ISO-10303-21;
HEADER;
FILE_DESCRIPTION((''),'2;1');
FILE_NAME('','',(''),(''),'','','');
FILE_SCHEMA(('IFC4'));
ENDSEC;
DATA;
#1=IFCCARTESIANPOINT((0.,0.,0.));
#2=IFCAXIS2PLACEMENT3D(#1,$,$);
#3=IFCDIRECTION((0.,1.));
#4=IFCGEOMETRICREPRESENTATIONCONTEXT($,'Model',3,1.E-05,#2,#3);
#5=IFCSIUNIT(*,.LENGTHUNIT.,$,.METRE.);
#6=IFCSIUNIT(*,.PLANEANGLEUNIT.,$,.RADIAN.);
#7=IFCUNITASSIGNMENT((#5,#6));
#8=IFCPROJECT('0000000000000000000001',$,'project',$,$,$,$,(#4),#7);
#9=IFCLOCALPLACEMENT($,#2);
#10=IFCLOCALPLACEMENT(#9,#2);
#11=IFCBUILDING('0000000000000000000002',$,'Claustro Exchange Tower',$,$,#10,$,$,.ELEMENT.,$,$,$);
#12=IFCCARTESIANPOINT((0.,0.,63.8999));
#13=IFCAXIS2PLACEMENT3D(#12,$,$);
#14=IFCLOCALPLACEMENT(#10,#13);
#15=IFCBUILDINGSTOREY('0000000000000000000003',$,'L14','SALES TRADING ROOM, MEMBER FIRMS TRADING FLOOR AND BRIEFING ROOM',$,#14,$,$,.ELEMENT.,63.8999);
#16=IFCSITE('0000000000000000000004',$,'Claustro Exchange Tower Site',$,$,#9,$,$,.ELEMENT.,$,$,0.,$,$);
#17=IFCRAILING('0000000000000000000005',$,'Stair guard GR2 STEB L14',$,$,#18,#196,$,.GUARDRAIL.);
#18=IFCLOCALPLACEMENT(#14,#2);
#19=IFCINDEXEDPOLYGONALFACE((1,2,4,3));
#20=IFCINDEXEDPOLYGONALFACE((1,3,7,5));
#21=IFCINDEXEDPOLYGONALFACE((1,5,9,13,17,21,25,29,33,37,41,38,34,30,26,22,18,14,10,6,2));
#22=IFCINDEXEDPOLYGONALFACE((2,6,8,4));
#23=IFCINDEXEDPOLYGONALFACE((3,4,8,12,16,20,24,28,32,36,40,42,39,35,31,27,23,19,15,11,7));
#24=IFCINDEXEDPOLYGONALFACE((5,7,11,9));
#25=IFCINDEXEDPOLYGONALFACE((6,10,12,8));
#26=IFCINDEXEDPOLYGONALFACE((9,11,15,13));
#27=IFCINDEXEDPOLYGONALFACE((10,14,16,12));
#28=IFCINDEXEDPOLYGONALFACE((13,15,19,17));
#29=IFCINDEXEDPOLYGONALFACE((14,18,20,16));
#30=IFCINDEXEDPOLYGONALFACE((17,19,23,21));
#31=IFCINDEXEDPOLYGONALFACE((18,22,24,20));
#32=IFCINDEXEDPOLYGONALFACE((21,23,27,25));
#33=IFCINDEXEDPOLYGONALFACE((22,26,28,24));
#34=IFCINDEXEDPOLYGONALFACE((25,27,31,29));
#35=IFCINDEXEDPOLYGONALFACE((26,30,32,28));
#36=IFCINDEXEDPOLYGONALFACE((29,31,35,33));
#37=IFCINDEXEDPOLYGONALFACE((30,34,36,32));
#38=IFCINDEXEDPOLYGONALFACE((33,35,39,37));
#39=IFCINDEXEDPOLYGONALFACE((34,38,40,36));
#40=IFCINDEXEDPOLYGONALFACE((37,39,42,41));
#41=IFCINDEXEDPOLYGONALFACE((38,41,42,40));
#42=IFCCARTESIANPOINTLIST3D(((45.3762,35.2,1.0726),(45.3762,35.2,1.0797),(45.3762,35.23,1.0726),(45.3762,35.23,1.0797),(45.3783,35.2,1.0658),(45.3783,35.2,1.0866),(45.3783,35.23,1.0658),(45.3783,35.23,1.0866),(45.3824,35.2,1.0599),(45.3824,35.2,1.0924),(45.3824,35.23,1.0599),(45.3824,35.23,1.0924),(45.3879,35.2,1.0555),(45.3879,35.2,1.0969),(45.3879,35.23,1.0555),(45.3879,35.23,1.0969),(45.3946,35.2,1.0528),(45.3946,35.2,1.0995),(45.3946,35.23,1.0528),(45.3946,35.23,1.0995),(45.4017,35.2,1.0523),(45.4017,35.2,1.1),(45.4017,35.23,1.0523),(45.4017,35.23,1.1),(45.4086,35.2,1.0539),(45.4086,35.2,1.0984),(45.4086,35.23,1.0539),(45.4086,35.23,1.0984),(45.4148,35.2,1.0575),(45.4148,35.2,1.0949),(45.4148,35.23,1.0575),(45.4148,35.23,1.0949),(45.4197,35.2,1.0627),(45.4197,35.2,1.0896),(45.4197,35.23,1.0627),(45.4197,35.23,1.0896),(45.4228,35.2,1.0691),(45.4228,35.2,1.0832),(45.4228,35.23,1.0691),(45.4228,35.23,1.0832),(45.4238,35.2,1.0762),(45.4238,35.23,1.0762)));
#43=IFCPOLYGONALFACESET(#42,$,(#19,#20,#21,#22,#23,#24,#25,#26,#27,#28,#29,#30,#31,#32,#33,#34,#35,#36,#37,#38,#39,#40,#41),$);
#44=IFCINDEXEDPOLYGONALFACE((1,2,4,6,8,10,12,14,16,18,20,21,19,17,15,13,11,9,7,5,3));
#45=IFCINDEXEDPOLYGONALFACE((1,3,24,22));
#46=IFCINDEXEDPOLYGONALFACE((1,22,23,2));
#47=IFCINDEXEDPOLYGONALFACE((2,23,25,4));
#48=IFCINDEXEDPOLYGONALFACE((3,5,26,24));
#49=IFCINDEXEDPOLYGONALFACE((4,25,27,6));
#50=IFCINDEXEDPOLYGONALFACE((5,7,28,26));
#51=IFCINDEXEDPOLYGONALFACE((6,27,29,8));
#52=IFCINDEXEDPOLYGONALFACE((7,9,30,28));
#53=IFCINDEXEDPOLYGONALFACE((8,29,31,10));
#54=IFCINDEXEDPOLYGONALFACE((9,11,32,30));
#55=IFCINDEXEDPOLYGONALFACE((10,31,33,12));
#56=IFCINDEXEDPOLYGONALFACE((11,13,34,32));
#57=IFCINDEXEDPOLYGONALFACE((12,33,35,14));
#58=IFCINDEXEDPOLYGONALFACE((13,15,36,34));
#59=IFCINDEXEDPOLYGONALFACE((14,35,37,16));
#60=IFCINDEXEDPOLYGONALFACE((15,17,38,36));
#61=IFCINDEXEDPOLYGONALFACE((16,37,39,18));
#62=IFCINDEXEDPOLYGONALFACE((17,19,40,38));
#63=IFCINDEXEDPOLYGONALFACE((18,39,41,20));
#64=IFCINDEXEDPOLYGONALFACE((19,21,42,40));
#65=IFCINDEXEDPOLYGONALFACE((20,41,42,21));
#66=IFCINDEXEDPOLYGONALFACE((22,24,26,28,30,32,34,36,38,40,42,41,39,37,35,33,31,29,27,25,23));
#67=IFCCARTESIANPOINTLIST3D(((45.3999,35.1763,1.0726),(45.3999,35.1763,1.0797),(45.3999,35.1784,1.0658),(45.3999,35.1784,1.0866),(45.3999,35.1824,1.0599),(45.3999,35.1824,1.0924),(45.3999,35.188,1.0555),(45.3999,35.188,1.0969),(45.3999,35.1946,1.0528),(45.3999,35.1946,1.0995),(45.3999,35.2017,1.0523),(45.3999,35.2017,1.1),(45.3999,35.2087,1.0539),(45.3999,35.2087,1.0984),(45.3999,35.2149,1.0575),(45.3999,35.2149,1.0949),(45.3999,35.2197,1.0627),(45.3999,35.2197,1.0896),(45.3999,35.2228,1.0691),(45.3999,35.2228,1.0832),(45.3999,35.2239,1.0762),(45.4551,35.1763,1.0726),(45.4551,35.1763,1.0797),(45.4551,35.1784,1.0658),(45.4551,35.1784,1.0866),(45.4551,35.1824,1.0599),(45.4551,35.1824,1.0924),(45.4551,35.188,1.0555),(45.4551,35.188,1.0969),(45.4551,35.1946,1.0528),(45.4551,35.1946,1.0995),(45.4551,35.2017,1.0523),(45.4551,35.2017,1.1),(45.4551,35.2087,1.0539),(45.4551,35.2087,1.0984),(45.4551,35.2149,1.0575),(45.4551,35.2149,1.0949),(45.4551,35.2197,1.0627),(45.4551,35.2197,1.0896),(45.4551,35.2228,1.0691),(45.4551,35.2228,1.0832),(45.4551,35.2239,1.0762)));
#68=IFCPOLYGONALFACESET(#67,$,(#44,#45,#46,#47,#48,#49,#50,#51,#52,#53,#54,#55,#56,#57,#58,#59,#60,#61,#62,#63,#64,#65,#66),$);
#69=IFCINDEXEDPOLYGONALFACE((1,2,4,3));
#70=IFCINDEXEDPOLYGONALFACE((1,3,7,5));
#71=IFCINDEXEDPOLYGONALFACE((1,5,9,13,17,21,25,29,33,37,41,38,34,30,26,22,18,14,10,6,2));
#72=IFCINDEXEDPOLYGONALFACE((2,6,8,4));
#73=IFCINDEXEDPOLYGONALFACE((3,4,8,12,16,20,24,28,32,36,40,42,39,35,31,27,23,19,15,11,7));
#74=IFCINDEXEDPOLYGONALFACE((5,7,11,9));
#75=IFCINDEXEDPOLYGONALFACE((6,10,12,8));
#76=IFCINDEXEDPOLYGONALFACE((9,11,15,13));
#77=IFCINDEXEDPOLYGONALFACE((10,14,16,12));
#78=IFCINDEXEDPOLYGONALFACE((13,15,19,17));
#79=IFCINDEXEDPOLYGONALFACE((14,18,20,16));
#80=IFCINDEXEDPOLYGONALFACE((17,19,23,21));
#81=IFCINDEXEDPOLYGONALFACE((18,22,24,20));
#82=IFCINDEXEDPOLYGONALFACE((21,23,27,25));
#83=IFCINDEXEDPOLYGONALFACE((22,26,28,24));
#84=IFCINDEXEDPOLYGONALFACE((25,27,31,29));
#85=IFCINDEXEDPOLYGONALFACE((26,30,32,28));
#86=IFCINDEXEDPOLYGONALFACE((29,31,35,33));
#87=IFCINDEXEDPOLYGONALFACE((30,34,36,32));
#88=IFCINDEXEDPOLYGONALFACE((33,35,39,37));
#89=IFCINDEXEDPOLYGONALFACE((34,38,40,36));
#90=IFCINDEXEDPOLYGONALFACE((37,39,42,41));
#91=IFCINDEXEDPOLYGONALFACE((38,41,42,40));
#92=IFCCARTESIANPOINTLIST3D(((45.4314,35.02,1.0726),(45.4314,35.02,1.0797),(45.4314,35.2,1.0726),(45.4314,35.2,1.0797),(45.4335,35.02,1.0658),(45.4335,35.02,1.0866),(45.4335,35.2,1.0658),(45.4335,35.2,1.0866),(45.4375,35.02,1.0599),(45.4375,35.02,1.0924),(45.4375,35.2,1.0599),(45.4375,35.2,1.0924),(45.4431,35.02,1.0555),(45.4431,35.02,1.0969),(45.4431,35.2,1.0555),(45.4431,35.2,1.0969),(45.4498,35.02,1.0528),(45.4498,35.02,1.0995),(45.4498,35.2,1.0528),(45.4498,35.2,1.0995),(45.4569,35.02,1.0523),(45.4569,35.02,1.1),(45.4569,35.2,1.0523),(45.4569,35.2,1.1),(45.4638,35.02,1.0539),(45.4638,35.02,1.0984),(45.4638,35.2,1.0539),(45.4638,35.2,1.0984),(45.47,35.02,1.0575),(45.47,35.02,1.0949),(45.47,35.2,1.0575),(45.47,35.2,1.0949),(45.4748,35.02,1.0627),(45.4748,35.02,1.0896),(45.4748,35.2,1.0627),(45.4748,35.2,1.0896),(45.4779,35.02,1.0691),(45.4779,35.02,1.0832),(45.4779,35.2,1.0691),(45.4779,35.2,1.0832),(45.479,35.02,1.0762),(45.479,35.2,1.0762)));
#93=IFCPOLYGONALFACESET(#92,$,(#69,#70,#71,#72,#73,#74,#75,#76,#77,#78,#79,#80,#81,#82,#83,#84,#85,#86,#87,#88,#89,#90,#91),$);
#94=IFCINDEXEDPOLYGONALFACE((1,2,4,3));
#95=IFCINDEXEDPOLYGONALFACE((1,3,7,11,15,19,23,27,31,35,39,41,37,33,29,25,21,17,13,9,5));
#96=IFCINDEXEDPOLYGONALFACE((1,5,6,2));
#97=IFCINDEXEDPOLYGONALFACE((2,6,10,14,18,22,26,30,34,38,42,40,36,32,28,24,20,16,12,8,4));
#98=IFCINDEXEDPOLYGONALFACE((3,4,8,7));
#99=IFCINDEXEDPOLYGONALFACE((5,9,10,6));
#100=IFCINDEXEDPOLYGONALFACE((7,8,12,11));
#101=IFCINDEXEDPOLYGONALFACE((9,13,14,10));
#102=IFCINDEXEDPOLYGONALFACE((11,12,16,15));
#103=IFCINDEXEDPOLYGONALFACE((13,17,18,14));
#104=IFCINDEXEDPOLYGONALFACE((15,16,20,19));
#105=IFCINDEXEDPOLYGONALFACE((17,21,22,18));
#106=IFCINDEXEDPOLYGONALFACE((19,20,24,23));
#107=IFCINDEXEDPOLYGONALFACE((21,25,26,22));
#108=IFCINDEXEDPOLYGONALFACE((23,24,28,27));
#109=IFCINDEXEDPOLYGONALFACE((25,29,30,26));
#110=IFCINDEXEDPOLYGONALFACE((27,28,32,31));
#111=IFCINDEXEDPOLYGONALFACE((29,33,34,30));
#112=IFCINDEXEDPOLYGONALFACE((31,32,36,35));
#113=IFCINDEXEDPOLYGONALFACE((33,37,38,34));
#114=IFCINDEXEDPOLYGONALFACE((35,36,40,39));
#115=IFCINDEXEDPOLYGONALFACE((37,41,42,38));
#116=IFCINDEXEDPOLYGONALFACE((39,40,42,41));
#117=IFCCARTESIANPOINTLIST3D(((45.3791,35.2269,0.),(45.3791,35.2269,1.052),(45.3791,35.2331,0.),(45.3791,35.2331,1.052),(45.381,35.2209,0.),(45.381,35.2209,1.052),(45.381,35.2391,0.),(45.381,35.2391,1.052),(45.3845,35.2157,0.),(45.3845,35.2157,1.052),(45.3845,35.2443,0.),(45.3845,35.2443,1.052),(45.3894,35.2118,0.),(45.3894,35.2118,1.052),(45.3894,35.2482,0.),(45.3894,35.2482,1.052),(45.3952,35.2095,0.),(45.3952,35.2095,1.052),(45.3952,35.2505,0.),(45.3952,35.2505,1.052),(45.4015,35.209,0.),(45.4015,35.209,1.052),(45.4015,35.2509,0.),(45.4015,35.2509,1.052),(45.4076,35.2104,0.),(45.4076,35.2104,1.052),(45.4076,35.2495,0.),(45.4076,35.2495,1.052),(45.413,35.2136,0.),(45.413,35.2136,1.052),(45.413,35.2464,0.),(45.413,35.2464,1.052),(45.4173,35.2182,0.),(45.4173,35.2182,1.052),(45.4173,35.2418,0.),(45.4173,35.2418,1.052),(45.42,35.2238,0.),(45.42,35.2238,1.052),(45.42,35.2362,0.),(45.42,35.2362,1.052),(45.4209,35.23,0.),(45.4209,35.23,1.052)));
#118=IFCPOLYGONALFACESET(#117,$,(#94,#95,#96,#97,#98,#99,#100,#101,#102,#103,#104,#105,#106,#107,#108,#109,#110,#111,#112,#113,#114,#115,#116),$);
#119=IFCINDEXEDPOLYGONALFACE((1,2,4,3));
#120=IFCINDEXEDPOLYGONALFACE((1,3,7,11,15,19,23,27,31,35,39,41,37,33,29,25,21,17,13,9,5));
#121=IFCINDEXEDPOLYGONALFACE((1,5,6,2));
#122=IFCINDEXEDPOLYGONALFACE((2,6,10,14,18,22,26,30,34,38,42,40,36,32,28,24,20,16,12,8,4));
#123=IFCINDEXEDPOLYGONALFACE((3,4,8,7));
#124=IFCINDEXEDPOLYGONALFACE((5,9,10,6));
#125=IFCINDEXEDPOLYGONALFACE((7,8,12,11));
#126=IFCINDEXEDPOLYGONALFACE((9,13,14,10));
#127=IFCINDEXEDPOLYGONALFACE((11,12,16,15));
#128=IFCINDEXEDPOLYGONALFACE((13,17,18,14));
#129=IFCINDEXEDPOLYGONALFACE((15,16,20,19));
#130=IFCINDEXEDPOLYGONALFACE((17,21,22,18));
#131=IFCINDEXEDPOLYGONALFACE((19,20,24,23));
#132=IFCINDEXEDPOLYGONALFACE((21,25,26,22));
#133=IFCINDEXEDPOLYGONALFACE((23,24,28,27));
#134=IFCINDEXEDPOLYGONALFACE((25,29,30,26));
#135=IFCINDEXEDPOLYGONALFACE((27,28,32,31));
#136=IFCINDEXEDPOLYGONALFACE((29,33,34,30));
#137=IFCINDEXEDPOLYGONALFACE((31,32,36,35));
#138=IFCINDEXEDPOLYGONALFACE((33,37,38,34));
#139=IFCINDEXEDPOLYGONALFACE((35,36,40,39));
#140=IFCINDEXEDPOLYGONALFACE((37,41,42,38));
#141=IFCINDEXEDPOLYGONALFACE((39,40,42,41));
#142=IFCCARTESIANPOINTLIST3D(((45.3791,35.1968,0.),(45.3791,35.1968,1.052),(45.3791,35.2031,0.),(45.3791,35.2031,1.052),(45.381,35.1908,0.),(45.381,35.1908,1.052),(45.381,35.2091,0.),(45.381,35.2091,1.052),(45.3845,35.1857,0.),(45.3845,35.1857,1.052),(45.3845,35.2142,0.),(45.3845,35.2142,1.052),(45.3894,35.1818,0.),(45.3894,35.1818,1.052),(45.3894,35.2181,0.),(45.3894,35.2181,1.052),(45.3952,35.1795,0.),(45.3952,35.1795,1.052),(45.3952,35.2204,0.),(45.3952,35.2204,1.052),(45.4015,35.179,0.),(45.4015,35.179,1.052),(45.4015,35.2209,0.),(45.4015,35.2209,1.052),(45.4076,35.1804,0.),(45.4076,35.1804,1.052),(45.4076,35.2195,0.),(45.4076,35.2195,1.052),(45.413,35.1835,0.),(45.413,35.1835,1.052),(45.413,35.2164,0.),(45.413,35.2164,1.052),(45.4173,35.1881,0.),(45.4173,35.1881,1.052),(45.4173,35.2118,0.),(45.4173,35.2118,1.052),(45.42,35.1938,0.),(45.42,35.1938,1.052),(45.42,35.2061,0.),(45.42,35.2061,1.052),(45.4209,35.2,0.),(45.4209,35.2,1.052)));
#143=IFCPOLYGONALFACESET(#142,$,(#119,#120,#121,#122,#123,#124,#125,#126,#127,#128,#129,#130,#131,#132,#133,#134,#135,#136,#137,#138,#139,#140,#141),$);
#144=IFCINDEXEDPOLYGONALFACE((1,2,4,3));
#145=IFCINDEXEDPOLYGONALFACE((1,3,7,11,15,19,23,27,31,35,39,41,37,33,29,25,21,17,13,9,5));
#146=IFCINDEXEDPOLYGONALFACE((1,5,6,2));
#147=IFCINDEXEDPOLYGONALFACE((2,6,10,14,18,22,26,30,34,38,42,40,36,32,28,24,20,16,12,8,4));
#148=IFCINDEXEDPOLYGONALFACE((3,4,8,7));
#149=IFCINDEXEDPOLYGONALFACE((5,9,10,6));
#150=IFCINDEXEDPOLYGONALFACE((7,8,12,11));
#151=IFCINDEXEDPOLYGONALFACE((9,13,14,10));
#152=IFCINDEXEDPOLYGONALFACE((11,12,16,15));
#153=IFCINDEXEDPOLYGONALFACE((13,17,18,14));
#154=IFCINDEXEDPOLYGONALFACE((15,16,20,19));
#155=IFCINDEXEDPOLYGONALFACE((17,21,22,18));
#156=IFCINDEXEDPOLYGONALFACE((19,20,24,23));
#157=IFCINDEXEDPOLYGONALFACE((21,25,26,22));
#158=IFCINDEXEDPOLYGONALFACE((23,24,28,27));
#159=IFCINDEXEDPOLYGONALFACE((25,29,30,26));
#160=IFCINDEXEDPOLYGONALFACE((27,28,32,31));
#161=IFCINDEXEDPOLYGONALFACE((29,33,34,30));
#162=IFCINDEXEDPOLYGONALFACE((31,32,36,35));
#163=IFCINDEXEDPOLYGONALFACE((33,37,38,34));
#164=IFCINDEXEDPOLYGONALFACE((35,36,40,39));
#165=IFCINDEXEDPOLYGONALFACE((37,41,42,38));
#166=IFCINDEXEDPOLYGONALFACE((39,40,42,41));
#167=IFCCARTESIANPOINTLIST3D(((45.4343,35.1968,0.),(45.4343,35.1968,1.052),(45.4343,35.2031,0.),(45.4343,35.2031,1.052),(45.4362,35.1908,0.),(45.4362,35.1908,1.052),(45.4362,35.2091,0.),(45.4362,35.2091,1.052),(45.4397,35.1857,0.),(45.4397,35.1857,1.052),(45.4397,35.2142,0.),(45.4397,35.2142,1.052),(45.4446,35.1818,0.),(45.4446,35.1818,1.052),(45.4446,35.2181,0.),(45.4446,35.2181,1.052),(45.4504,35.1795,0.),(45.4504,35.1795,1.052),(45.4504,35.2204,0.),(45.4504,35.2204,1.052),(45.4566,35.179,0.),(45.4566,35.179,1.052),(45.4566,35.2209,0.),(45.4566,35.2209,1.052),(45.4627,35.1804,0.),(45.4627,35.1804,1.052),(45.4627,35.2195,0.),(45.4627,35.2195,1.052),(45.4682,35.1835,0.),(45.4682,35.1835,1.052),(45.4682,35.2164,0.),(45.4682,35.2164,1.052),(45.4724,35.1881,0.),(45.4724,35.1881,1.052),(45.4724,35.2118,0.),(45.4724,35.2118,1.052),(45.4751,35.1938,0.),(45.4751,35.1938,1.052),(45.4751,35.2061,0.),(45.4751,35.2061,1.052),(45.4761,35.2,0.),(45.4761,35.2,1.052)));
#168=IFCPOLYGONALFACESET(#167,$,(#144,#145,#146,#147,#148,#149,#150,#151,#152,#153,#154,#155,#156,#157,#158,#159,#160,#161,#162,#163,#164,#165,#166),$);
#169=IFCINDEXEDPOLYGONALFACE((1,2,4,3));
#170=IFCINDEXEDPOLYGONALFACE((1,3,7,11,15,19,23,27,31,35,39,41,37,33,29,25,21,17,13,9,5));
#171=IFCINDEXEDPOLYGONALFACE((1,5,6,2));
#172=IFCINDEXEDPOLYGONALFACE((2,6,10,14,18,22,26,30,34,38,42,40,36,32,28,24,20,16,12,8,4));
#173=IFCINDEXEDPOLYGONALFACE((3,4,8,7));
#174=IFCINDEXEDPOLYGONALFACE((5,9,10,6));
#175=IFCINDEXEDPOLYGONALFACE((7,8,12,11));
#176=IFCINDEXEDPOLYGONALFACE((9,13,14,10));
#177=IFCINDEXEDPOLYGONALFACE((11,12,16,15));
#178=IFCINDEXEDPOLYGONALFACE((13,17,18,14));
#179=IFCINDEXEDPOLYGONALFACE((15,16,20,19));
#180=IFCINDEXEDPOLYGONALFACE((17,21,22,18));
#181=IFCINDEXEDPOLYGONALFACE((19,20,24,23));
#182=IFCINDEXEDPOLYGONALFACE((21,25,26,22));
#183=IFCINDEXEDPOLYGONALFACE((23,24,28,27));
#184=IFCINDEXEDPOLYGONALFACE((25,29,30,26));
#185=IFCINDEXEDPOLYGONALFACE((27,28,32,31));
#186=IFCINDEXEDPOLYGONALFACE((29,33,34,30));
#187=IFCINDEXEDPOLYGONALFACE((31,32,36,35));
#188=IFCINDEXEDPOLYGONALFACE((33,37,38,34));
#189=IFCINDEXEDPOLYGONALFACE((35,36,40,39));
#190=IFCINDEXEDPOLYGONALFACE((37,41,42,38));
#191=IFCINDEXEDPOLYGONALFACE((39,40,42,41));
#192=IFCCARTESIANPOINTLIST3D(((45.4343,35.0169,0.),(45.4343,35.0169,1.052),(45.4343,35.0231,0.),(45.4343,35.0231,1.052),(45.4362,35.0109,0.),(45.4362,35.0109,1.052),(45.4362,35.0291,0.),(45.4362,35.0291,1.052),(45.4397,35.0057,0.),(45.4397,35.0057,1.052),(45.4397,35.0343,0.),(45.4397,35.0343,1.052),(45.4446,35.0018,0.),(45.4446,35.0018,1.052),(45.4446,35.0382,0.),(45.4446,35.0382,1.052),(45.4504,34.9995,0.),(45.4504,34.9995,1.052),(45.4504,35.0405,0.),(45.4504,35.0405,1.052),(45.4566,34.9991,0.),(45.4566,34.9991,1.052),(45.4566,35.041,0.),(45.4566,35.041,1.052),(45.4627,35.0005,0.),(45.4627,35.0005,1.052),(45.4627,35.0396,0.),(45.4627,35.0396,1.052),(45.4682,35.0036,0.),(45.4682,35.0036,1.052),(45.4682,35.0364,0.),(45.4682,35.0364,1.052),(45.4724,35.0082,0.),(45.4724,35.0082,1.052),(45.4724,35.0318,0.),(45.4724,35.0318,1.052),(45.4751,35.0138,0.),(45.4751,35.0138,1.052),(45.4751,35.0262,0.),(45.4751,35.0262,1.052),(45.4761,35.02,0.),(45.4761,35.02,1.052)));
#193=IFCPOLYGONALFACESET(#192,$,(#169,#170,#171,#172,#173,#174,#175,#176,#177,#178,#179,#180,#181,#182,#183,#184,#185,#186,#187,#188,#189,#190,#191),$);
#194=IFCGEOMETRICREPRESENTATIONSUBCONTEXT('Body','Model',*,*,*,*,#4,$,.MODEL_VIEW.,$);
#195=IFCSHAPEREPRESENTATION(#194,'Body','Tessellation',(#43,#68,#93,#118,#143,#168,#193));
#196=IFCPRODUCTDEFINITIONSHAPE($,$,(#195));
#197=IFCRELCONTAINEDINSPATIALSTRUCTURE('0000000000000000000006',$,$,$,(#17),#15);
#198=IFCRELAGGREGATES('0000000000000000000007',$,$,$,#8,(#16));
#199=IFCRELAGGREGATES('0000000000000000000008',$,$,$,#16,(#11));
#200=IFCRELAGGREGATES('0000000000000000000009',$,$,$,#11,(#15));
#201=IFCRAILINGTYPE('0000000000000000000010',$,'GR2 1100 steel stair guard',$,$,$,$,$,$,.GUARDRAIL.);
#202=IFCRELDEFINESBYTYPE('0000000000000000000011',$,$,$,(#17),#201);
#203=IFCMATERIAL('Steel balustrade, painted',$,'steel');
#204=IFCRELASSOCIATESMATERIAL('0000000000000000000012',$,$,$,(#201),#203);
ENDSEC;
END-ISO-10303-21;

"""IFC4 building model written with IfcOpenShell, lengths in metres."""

from ifc_helpers import new_model, si_unit, direction, frame, origin, origin_2d, place, context, subcontext, project, spatial, circle, extrude, material, type_object, element, save


model = new_model("IFC4")

# Units and contexts
model_context = context("Model", 3, precision=1e-05, world=origin(), true_north=direction((0.0, 1.0)))
body_context = subcontext(model_context, "Body", "Model", "MODEL_VIEW")
ifc_project = project(units=[si_unit("LENGTHUNIT", "METRE"), si_unit("PLANEANGLEUNIT", "RADIAN")], contexts=[model_context])

# Site, building, storey
site_placement = place(None, origin())
site = spatial("IfcSite", under=ifc_project, at=site_placement, Name="Claustro Exchange Tower Site", CompositionType="ELEMENT", RefElevation=0.0)
building_placement = place(site_placement, origin())
building = spatial("IfcBuilding", under=site, at=building_placement, Name="Claustro Exchange Tower", CompositionType="ELEMENT")
storey_placement = place(building_placement, frame((0.0, 0.0, 63.8999)))
storey = spatial("IfcBuildingStorey", under=building, at=storey_placement, Name="L14", Description="SALES TRADING ROOM, MEMBER FIRMS TRADING FLOOR AND BRIEFING ROOM", CompositionType="ELEMENT", Elevation=63.8999)

# Railing
ifc_material_1 = material(Name="Steel balustrade, painted", Category="steel")
railing_type_1 = type_object("IfcRailingType", Name="GR2 1100 steel stair guard", PredefinedType="GUARDRAIL", material=ifc_material_1)
railing_1_placement = place(storey_placement, frame((45.3999, 35.23, 0.0)))
element("IfcRailing", 1, at=railing_1_placement, inside=storey, type_object=railing_type_1, Name="Stair guard GR2 STEB L14", PredefinedType="GUARDRAIL", context=body_context, shape_type="SweptSolid", body=[
    extrude(circle(Radius=0.0239, at=origin_2d()), frame((0.0, 0.0, 1.0762), z_axis=(0.0, -1.0, 0.0), x_axis=(1.0, 0.0, 0.0)), (0.0, 0.0, 1.0), 0.03),
    extrude(circle(Radius=0.0239, at=origin_2d()), frame((0.0, -0.03, 1.0762), z_axis=(1.0, 0.0, 0.0), x_axis=(0.0, 1.0, 0.0)), (0.0, 0.0, 1.0), 0.0552),
    extrude(circle(Radius=0.0239, at=origin_2d()), frame((0.0552, -0.03, 1.0762), z_axis=(0.0, -1.0, 0.0), x_axis=(1.0, 0.0, 0.0)), (0.0, 0.0, 1.0), 0.1799),
    extrude(circle(Radius=0.021, at=origin_2d()), origin(), (0.0, 0.0, 1.0), 1.052),
    extrude(circle(Radius=0.021, at=origin_2d()), frame((0.0, -0.03, 0.0)), (0.0, 0.0, 1.0), 1.052),
    extrude(circle(Radius=0.021, at=origin_2d()), frame((0.0552, -0.03, 0.0)), (0.0, 0.0, 1.0), 1.052),
    extrude(circle(Radius=0.021, at=origin_2d()), frame((0.0552, -0.21, 0.0)), (0.0, 0.0, 1.0), 1.052),
])

save(model, "model.ifc")
